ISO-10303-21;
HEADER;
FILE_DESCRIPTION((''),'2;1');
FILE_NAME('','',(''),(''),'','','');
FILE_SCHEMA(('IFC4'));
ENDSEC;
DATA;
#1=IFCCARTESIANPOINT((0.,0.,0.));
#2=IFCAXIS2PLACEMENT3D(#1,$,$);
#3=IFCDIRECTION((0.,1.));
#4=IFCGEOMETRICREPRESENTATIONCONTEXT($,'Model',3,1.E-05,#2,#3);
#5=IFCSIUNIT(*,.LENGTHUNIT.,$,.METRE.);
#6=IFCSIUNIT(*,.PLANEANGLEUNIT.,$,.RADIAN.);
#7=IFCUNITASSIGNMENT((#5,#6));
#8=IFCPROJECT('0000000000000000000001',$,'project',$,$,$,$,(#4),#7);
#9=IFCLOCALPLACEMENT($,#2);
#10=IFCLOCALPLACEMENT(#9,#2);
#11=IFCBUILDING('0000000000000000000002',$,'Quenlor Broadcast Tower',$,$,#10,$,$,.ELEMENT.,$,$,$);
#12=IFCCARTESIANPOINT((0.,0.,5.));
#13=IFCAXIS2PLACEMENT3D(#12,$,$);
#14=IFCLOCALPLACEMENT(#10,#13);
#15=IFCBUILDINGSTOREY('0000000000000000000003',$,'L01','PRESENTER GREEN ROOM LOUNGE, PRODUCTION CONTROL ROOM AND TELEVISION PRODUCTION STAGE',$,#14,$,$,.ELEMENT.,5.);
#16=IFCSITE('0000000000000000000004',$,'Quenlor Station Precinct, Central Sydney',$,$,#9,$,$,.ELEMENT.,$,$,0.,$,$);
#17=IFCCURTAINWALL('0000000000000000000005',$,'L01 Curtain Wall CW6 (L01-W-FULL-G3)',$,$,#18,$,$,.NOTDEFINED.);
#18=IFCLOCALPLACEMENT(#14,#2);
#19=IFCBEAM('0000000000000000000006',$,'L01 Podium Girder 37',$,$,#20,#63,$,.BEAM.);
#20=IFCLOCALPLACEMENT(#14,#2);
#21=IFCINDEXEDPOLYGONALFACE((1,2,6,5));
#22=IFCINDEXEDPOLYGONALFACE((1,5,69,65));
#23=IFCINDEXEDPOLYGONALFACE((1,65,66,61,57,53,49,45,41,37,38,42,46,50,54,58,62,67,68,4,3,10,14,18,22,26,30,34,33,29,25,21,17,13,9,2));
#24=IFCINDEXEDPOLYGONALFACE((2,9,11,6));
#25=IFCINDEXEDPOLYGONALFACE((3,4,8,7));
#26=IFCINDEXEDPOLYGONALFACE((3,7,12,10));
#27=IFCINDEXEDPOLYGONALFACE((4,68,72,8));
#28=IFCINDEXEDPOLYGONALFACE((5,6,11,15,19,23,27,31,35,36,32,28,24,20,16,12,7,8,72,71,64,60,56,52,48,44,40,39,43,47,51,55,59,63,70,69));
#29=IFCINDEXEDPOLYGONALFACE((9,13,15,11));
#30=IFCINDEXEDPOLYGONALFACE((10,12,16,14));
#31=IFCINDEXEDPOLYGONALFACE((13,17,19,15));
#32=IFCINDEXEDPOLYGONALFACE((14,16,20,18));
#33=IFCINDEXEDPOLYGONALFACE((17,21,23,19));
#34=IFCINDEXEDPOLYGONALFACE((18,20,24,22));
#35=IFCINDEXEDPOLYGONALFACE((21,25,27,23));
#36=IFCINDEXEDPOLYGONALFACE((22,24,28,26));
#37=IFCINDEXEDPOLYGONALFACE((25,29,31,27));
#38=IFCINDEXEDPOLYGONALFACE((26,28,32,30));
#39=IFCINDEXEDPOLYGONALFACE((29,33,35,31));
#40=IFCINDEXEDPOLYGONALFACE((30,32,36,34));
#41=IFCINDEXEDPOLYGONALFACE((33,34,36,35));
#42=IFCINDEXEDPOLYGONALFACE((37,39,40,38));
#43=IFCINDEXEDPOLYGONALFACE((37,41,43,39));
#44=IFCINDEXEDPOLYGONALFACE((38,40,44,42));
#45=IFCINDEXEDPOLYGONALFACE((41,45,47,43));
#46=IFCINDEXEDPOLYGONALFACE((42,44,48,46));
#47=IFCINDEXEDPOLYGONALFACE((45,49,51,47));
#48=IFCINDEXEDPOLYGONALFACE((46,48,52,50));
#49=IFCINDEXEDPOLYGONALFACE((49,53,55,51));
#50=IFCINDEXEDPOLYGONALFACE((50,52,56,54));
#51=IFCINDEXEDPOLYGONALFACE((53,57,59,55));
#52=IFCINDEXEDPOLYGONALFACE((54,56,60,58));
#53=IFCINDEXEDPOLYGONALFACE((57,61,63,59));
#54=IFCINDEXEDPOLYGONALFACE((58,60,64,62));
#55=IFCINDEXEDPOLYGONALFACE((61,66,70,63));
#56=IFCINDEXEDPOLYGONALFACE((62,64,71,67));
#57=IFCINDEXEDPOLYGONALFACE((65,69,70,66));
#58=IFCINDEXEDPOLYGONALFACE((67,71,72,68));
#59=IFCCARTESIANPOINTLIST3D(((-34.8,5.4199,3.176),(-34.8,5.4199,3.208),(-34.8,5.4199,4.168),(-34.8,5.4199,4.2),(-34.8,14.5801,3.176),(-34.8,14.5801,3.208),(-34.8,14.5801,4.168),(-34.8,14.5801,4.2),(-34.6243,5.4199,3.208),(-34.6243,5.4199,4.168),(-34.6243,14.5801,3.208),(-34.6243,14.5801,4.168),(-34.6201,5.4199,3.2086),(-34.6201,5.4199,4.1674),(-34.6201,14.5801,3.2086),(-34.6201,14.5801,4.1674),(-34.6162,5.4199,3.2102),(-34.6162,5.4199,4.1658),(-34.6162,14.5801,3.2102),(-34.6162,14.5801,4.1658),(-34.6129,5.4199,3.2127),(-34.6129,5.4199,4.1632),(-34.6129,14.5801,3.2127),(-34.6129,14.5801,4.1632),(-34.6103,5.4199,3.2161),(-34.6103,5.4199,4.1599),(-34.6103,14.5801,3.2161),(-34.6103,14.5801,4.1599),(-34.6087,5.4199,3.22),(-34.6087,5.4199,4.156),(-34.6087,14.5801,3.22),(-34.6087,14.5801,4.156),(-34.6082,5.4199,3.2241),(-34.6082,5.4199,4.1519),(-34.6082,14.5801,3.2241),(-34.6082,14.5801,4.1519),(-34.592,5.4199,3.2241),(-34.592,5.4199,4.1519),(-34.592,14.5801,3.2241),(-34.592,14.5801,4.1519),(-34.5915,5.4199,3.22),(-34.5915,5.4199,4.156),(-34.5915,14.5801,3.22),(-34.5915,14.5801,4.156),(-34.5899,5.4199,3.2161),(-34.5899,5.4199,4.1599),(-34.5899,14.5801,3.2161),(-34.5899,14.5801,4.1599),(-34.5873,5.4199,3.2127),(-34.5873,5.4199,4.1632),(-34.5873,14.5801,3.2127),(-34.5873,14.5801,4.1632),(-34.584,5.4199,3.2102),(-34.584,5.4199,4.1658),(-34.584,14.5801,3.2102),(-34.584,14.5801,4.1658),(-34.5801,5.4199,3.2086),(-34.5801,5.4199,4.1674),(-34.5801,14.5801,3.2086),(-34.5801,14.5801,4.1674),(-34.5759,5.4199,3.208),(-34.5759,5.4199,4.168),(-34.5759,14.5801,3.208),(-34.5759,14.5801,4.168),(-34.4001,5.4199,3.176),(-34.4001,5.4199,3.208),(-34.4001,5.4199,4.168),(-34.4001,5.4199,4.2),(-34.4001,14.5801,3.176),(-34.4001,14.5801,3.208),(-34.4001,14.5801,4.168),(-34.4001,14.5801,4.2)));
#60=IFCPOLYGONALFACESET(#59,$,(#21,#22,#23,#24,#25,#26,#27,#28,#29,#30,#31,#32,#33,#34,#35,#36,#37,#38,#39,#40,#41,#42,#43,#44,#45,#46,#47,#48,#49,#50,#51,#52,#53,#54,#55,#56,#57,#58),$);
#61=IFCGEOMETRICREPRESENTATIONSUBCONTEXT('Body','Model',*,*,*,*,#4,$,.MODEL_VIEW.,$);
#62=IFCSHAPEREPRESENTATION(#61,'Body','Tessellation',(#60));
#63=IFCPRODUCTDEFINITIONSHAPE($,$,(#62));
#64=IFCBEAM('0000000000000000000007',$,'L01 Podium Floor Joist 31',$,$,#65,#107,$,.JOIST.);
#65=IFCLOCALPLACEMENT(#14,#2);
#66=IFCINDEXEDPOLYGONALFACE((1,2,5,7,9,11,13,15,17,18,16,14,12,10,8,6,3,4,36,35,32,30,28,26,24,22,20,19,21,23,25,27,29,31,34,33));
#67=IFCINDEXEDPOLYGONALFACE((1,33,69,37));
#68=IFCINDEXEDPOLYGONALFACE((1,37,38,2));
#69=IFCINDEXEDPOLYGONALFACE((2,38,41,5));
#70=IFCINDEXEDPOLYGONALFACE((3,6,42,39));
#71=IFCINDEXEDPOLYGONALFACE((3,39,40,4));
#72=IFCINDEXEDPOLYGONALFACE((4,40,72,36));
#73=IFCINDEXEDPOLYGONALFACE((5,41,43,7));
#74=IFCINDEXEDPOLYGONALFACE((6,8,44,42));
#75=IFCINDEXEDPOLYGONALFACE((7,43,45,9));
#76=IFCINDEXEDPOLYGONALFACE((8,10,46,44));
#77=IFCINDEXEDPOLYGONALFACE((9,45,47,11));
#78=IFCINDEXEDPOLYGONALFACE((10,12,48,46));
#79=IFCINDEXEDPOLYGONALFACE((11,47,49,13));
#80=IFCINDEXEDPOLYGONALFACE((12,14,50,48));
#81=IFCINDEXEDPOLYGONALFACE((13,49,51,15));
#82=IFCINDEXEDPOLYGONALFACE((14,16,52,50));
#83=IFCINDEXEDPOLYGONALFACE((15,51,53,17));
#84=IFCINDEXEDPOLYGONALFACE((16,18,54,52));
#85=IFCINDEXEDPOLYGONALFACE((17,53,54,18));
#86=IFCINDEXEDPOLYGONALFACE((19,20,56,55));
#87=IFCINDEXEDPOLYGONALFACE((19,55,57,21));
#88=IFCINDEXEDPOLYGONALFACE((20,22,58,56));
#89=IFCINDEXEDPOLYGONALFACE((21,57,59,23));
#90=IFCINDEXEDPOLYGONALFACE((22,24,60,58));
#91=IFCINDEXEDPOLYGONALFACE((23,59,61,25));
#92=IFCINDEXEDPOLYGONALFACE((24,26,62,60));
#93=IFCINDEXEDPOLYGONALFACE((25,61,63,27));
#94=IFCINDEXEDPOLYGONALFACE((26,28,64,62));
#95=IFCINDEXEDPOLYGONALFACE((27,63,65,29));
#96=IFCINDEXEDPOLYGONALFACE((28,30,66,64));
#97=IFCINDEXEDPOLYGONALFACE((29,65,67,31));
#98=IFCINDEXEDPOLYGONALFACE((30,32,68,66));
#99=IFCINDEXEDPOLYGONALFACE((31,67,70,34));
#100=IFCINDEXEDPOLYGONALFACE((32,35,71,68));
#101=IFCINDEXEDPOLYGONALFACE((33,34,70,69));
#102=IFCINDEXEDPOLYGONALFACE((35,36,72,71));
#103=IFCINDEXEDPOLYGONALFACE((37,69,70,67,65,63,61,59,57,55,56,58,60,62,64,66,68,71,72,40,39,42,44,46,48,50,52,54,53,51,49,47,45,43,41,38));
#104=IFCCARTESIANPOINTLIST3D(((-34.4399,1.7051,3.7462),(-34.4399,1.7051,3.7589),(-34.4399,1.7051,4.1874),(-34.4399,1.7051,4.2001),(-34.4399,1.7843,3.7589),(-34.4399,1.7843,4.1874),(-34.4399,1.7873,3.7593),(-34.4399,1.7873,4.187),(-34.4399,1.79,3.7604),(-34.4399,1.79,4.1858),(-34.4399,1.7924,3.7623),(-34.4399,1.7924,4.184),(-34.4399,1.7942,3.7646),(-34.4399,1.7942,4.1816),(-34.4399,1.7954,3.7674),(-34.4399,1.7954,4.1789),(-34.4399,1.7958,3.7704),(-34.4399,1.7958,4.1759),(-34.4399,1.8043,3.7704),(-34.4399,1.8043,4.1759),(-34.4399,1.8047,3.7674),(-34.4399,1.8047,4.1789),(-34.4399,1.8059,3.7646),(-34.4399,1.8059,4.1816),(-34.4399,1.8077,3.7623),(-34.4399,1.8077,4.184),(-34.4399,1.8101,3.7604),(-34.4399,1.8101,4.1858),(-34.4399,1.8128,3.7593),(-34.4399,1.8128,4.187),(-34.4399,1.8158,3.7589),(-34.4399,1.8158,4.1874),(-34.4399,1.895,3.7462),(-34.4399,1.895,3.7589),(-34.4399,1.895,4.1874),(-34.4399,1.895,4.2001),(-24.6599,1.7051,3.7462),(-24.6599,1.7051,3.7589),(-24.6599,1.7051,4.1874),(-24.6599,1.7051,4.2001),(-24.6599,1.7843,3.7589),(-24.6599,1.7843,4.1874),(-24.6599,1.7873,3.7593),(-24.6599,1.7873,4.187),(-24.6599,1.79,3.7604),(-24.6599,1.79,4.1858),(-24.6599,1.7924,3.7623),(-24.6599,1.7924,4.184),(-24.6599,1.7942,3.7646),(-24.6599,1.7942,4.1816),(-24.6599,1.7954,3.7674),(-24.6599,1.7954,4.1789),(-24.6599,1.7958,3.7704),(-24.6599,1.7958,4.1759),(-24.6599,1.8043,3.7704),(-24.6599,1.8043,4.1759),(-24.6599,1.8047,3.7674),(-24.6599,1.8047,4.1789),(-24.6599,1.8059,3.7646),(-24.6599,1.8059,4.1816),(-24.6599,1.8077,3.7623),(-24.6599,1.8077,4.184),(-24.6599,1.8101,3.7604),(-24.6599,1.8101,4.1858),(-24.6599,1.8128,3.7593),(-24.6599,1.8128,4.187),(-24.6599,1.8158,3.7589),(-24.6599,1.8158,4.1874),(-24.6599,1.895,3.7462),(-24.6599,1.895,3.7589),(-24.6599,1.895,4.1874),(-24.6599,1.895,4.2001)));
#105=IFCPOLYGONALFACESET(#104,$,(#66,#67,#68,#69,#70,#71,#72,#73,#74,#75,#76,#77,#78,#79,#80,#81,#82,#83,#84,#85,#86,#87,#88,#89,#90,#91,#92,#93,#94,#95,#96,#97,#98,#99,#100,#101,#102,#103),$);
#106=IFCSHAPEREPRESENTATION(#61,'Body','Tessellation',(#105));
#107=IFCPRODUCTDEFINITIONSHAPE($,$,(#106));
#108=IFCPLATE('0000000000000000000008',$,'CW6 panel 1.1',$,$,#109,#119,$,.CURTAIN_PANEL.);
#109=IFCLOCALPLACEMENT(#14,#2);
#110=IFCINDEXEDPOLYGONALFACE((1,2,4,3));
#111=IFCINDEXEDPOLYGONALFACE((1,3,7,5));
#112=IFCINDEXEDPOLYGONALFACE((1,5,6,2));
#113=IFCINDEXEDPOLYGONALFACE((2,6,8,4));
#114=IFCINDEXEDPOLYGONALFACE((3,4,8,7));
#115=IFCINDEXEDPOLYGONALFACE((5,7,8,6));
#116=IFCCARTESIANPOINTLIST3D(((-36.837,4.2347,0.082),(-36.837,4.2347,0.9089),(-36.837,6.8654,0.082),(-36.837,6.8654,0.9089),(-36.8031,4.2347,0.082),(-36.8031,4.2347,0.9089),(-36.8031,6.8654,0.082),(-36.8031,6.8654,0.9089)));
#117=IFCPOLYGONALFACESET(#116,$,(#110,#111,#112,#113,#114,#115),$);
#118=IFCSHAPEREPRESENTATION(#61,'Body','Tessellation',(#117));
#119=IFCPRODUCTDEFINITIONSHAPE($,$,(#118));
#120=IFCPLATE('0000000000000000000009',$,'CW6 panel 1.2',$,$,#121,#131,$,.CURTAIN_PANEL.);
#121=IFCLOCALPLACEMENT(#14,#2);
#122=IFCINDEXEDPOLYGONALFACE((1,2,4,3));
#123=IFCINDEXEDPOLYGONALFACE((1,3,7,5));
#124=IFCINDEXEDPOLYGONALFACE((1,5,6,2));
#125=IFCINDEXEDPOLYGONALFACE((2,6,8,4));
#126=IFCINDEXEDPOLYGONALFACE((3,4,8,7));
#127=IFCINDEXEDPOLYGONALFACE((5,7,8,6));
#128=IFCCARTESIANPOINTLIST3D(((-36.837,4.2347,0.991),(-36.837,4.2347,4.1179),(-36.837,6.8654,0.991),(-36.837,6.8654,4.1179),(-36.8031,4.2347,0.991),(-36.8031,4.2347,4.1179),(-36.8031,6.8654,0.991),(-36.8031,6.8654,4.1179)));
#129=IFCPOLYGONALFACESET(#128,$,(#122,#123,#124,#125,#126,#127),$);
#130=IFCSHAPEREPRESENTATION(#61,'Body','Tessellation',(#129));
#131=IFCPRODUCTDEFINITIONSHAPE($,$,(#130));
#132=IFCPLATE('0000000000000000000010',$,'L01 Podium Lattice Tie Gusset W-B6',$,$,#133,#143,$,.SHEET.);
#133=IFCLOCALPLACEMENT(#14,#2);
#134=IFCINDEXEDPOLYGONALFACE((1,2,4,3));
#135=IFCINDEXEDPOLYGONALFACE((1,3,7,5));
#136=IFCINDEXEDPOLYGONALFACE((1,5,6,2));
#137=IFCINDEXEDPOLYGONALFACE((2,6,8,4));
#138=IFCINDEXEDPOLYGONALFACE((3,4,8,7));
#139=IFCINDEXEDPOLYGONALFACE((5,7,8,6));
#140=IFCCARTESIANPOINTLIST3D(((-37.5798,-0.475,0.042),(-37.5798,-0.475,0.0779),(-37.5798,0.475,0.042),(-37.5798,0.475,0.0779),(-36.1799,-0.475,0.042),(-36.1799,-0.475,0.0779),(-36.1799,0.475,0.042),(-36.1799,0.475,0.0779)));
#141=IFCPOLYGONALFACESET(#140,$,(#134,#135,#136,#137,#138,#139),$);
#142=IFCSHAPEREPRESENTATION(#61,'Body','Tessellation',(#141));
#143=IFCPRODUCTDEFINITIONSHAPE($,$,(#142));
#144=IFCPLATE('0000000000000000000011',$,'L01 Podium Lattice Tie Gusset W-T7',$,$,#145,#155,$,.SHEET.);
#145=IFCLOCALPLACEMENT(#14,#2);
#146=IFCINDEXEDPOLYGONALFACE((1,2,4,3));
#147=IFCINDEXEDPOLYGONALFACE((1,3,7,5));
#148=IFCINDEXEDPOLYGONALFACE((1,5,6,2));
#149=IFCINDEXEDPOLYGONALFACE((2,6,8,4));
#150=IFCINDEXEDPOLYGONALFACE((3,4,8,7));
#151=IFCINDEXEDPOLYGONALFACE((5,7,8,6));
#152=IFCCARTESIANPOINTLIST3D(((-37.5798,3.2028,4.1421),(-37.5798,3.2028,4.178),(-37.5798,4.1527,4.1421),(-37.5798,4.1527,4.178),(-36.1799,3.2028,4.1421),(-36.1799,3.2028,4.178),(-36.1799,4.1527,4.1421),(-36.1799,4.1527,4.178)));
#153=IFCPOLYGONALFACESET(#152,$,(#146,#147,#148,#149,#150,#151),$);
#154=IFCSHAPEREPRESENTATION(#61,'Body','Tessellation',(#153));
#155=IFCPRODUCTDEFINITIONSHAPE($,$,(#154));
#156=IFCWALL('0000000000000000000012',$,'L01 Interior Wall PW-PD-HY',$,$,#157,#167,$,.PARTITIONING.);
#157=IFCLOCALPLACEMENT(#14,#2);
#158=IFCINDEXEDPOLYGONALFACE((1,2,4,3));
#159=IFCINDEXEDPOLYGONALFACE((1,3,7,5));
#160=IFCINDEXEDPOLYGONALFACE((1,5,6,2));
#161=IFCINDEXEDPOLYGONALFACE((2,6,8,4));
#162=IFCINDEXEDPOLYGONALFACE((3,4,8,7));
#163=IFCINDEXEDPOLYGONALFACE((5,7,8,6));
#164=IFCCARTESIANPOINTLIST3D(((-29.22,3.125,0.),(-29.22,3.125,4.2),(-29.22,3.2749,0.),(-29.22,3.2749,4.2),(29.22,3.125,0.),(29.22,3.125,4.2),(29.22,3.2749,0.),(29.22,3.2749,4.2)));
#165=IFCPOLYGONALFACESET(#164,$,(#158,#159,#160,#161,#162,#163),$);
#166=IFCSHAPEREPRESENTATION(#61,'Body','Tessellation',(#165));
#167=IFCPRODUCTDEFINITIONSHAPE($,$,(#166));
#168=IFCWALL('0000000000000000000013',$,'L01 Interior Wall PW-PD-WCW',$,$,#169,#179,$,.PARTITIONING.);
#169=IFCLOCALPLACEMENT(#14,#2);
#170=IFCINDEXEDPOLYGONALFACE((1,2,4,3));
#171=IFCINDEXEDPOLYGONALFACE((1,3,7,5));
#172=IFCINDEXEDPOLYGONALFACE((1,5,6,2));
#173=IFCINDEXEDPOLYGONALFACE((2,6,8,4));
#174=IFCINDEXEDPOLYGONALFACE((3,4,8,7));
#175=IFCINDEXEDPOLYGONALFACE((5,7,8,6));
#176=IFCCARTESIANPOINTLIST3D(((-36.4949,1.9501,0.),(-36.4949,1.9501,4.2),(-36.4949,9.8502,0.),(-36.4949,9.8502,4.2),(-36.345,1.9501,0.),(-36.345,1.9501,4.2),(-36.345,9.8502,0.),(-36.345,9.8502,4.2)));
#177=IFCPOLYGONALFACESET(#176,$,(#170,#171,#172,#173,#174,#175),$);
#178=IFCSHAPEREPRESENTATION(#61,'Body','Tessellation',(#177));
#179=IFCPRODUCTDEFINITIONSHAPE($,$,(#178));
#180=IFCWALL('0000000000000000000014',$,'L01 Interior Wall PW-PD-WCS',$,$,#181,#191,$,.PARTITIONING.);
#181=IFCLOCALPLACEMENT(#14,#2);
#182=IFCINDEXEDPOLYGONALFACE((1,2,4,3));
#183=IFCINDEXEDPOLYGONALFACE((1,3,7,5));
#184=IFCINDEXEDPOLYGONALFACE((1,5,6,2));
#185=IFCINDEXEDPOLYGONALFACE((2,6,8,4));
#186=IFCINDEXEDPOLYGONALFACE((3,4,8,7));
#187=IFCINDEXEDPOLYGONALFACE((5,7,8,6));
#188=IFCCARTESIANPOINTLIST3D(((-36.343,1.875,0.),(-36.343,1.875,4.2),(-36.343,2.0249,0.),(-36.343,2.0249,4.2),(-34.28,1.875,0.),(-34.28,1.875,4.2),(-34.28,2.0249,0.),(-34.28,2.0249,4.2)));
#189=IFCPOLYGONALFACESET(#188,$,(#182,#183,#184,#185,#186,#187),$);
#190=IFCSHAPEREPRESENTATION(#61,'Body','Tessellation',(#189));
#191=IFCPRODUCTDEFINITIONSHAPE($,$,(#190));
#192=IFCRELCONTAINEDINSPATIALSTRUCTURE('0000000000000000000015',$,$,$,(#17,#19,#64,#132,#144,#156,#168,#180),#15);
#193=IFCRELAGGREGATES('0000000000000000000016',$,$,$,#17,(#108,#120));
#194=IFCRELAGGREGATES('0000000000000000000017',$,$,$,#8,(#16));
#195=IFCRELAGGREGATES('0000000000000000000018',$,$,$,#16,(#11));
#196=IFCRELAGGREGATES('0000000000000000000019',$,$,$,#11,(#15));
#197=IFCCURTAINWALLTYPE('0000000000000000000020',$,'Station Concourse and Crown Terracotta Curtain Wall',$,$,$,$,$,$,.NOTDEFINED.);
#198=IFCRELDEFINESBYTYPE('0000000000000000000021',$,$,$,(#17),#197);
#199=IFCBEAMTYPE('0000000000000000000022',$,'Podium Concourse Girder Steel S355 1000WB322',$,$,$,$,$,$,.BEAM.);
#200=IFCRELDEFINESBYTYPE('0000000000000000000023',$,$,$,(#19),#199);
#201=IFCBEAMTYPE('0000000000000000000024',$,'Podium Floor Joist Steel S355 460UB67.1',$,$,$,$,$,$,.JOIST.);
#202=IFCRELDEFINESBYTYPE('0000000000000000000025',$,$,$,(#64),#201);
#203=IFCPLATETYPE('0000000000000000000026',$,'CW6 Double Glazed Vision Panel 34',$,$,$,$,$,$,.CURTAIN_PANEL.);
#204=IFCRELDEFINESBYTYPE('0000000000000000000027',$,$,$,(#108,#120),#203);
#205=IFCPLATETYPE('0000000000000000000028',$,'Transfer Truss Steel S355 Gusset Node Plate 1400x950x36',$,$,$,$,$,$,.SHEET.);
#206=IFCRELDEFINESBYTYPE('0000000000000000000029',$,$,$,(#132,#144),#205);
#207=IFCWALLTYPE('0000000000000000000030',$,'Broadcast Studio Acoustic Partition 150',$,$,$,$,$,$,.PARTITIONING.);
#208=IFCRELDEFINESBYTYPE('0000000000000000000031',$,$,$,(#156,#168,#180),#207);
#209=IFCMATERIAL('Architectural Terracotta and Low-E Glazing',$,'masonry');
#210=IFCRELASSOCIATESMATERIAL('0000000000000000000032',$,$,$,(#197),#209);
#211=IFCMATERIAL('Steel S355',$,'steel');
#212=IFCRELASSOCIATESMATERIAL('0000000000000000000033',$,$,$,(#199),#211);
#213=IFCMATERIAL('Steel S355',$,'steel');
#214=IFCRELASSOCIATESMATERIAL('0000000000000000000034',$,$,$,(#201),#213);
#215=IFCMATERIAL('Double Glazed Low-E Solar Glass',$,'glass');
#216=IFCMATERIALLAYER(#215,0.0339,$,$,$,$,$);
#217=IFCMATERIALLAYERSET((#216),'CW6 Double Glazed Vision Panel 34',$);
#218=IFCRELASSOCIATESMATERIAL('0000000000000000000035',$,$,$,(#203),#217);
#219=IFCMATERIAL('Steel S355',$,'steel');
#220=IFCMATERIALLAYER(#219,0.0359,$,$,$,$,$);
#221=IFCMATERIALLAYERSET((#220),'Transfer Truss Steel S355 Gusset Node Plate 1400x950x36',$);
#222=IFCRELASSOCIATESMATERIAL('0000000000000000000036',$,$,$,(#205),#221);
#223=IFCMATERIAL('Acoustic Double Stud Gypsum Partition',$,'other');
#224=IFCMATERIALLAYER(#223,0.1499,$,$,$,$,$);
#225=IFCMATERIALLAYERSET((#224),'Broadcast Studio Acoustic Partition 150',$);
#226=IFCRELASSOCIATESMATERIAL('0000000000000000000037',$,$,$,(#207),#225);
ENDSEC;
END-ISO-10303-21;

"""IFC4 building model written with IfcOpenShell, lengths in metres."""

from ifc_helpers import new_model, si_unit, direction, frame, frame_2d, origin, origin_2d, place, context, subcontext, project, spatial, rectangle, i_section, extrude, material, layer, layer_set, material_profile, profile_set, type_object, element, aggregate, save


model = new_model("IFC4")

# Units and contexts
model_context = context("Model", 3, precision=1e-05, world=origin(), true_north=direction((0.0, 1.0)))
body_context = subcontext(model_context, "Body", "Model", "MODEL_VIEW")
ifc_project = project(units=[si_unit("LENGTHUNIT", "METRE"), si_unit("PLANEANGLEUNIT", "RADIAN")], contexts=[model_context])

# Site, building, storey
site_placement = place(None, origin())
site = spatial("IfcSite", under=ifc_project, at=site_placement, Name="Quenlor Station Precinct, Central Sydney", CompositionType="ELEMENT", RefElevation=0.0)
building_placement = place(site_placement, origin())
building = spatial("IfcBuilding", under=site, at=building_placement, Name="Quenlor Broadcast Tower", CompositionType="ELEMENT")
storey_placement = place(building_placement, frame((0.0, 0.0, 5.0)))
storey = spatial("IfcBuildingStorey", under=building, at=storey_placement, Name="L01", Description="PRESENTER GREEN ROOM LOUNGE, PRODUCTION CONTROL ROOM AND TELEVISION PRODUCTION STAGE", CompositionType="ELEMENT", Elevation=5.0)

# Curtain wall
ifc_material_1 = material(Name="Architectural Terracotta and Low-E Glazing", Category="masonry")
curtain_wall_type = type_object("IfcCurtainWallType", Name="Station Concourse and Crown Terracotta Curtain Wall", PredefinedType="NOTDEFINED", material=ifc_material_1)
curtain_wall_placement = place(storey_placement, origin())
curtain_wall = element("IfcCurtainWall", 1, at=curtain_wall_placement, inside=storey, type_object=curtain_wall_type, Name="L01 Curtain Wall CW6 (L01-W-FULL-G3)", PredefinedType="NOTDEFINED")

# Beams
ifc_material_2 = material(Name="Steel S355", Category="steel")
ifc_material_profile_1 = material_profile(ifc_material_2, i_section(OverallWidth=0.3999, OverallDepth=1.0239, WebThickness=0.0161, FlangeThickness=0.032, FilletRadius=0.0161, at=origin_2d()))
ifc_profile_set_1 = profile_set([ifc_material_profile_1], Name="Steel S355 1000WB322")
beam_type_1 = type_object("IfcBeamType", Name="Podium Concourse Girder Steel S355 1000WB322", PredefinedType="BEAM", material=ifc_profile_set_1)
beam_1_placement = place(storey_placement, frame((-34.6001, 5.4199, 3.688), z_axis=(0.0, 1.0, 0.0), x_axis=(-1.0, 0.0, 0.0)))
element("IfcBeam", 2, at=beam_1_placement, inside=storey, type_object=beam_type_1, Name="L01 Podium Girder 37", PredefinedType="BEAM", context=body_context, shape_type="SweptSolid", body=[
    extrude(i_section(OverallWidth=0.3999, OverallDepth=1.0239, WebThickness=0.0161, FlangeThickness=0.032, FilletRadius=0.0161, at=origin_2d()), origin(), (0.0, 0.0, 1.0), 9.1602),
])
ifc_material_3 = material(Name="Steel S355", Category="steel")
ifc_material_profile_2 = material_profile(ifc_material_3, i_section(OverallWidth=0.1899, OverallDepth=0.4539, WebThickness=0.0085, FlangeThickness=0.0127, FilletRadius=0.0115, at=origin_2d()))
ifc_profile_set_2 = profile_set([ifc_material_profile_2], Name="Steel S355 460UB67.1")
beam_type_2 = type_object("IfcBeamType", Name="Podium Floor Joist Steel S355 460UB67.1", PredefinedType="JOIST", material=ifc_profile_set_2)
beam_2_placement = place(storey_placement, frame((-34.4399, 1.8, 3.9731), z_axis=(1.0, 0.0, 0.0), x_axis=(0.0, 1.0, 0.0)))
element("IfcBeam", 3, at=beam_2_placement, inside=storey, type_object=beam_type_2, Name="L01 Podium Floor Joist 31", PredefinedType="JOIST", context=body_context, shape_type="SweptSolid", body=[
    extrude(i_section(OverallWidth=0.1899, OverallDepth=0.4539, WebThickness=0.0085, FlangeThickness=0.0127, FilletRadius=0.0115, at=origin_2d()), origin(), (0.0, 0.0, 1.0), 9.78),
])

# Plates
ifc_material_4 = material(Name="Double Glazed Low-E Solar Glass", Category="glass")
ifc_layer_1 = layer(ifc_material_4, 0.0339)
ifc_layer_set_1 = layer_set([ifc_layer_1], Name="CW6 Double Glazed Vision Panel 34")
plate_type_1 = type_object("IfcPlateType", Name="CW6 Double Glazed Vision Panel 34", PredefinedType="CURTAIN_PANEL", material=ifc_layer_set_1)
plate_1_placement = place(storey_placement, frame((-36.8201, 5.55, 0.082), z_axis=(0.0, 0.0, 1.0), x_axis=(0.0, 1.0, 0.0)))
plate_1 = element("IfcPlate", 4, at=plate_1_placement, type_object=plate_type_1, Name="CW6 panel 1.1", PredefinedType="CURTAIN_PANEL", context=body_context, shape_type="SweptSolid", body=[
    extrude(rectangle(XDim=2.6306, YDim=0.0339, at=origin_2d()), origin(), (0.0, 0.0, 1.0), 0.8269),
])
plate_2_placement = place(storey_placement, frame((-36.8201, 5.55, 0.991), z_axis=(0.0, 0.0, 1.0), x_axis=(0.0, 1.0, 0.0)))
plate_2 = element("IfcPlate", 5, at=plate_2_placement, type_object=plate_type_1, Name="CW6 panel 1.2", PredefinedType="CURTAIN_PANEL", context=body_context, shape_type="SweptSolid", body=[
    extrude(rectangle(XDim=2.6306, YDim=0.0339, at=origin_2d()), origin(), (0.0, 0.0, 1.0), 3.127),
])
aggregate(curtain_wall, [plate_1, plate_2])

# Plates
ifc_material_5 = material(Name="Steel S355", Category="steel")
ifc_layer_2 = layer(ifc_material_5, 0.0359)
ifc_layer_set_2 = layer_set([ifc_layer_2], Name="Transfer Truss Steel S355 Gusset Node Plate 1400x950x36")
plate_type_2 = type_object("IfcPlateType", Name="Transfer Truss Steel S355 Gusset Node Plate 1400x950x36", PredefinedType="SHEET", material=ifc_layer_set_2)
for number, where, z_axis, x_axis, name in (
    (6, (-36.8799, 0.0, 0.042), (0.0, 0.0, 1.0), (-1.0, 0.0, 0.0), "L01 Podium Lattice Tie Gusset W-B6"),
    (7, (-36.8799, 3.6777, 4.1421), (0.0, 0.0, 1.0), (-1.0, 0.0, 0.0), "L01 Podium Lattice Tie Gusset W-T7"),
):
    element("IfcPlate", number, at=place(storey_placement, frame(where, z_axis=z_axis, x_axis=x_axis)), inside=storey, type_object=plate_type_2, Name=name, PredefinedType="SHEET", context=body_context, shape_type="SweptSolid", body=[
        extrude(rectangle(XDim=1.3999, YDim=0.95, at=origin_2d()), origin(), (0.0, 0.0, 1.0), 0.0359),
    ])

# Walls
ifc_material_6 = material(Name="Acoustic Double Stud Gypsum Partition", Category="other")
ifc_layer_3 = layer(ifc_material_6, 0.1499)
ifc_layer_set_3 = layer_set([ifc_layer_3], Name="Broadcast Studio Acoustic Partition 150")
wall_type = type_object("IfcWallType", Name="Broadcast Studio Acoustic Partition 150", PredefinedType="PARTITIONING", material=ifc_layer_set_3)
wall_1_placement = place(storey_placement, frame((-29.22, 3.2, 0.0), z_axis=(0.0, 0.0, 1.0), x_axis=(1.0, 0.0, 0.0)))
element("IfcWall", 8, at=wall_1_placement, inside=storey, type_object=wall_type, Name="L01 Interior Wall PW-PD-HY", PredefinedType="PARTITIONING", context=body_context, shape_type="SweptSolid", body=[
    extrude(rectangle(XDim=58.4399, YDim=0.1499, at=frame_2d((29.22, 0.0))), origin(), (0.0, 0.0, 1.0), 4.2),
])
wall_2_placement = place(storey_placement, frame((-36.4199, 1.95, 0.0), z_axis=(0.0, 0.0, 1.0), x_axis=(0.0, 1.0, 0.0)))
element("IfcWall", 9, at=wall_2_placement, inside=storey, type_object=wall_type, Name="L01 Interior Wall PW-PD-WCW", PredefinedType="PARTITIONING", context=body_context, shape_type="SweptSolid", body=[
    extrude(rectangle(XDim=7.9001, YDim=0.1499, at=frame_2d((3.9502, 0.0))), origin(), (0.0, 0.0, 1.0), 4.2),
])

# Wall
wall_3_placement = place(storey_placement, frame((-36.343, 1.95, 0.0), z_axis=(0.0, 0.0, 1.0), x_axis=(1.0, 0.0, 0.0)))
element("IfcWall", 10, at=wall_3_placement, inside=storey, type_object=wall_type, Name="L01 Interior Wall PW-PD-WCS", PredefinedType="PARTITIONING", context=body_context, shape_type="SweptSolid", body=[
    extrude(rectangle(XDim=2.063, YDim=0.1499, at=frame_2d((1.0315, 0.0))), origin(), (0.0, 0.0, 1.0), 4.2),
])

save(model, "model.ifc")
